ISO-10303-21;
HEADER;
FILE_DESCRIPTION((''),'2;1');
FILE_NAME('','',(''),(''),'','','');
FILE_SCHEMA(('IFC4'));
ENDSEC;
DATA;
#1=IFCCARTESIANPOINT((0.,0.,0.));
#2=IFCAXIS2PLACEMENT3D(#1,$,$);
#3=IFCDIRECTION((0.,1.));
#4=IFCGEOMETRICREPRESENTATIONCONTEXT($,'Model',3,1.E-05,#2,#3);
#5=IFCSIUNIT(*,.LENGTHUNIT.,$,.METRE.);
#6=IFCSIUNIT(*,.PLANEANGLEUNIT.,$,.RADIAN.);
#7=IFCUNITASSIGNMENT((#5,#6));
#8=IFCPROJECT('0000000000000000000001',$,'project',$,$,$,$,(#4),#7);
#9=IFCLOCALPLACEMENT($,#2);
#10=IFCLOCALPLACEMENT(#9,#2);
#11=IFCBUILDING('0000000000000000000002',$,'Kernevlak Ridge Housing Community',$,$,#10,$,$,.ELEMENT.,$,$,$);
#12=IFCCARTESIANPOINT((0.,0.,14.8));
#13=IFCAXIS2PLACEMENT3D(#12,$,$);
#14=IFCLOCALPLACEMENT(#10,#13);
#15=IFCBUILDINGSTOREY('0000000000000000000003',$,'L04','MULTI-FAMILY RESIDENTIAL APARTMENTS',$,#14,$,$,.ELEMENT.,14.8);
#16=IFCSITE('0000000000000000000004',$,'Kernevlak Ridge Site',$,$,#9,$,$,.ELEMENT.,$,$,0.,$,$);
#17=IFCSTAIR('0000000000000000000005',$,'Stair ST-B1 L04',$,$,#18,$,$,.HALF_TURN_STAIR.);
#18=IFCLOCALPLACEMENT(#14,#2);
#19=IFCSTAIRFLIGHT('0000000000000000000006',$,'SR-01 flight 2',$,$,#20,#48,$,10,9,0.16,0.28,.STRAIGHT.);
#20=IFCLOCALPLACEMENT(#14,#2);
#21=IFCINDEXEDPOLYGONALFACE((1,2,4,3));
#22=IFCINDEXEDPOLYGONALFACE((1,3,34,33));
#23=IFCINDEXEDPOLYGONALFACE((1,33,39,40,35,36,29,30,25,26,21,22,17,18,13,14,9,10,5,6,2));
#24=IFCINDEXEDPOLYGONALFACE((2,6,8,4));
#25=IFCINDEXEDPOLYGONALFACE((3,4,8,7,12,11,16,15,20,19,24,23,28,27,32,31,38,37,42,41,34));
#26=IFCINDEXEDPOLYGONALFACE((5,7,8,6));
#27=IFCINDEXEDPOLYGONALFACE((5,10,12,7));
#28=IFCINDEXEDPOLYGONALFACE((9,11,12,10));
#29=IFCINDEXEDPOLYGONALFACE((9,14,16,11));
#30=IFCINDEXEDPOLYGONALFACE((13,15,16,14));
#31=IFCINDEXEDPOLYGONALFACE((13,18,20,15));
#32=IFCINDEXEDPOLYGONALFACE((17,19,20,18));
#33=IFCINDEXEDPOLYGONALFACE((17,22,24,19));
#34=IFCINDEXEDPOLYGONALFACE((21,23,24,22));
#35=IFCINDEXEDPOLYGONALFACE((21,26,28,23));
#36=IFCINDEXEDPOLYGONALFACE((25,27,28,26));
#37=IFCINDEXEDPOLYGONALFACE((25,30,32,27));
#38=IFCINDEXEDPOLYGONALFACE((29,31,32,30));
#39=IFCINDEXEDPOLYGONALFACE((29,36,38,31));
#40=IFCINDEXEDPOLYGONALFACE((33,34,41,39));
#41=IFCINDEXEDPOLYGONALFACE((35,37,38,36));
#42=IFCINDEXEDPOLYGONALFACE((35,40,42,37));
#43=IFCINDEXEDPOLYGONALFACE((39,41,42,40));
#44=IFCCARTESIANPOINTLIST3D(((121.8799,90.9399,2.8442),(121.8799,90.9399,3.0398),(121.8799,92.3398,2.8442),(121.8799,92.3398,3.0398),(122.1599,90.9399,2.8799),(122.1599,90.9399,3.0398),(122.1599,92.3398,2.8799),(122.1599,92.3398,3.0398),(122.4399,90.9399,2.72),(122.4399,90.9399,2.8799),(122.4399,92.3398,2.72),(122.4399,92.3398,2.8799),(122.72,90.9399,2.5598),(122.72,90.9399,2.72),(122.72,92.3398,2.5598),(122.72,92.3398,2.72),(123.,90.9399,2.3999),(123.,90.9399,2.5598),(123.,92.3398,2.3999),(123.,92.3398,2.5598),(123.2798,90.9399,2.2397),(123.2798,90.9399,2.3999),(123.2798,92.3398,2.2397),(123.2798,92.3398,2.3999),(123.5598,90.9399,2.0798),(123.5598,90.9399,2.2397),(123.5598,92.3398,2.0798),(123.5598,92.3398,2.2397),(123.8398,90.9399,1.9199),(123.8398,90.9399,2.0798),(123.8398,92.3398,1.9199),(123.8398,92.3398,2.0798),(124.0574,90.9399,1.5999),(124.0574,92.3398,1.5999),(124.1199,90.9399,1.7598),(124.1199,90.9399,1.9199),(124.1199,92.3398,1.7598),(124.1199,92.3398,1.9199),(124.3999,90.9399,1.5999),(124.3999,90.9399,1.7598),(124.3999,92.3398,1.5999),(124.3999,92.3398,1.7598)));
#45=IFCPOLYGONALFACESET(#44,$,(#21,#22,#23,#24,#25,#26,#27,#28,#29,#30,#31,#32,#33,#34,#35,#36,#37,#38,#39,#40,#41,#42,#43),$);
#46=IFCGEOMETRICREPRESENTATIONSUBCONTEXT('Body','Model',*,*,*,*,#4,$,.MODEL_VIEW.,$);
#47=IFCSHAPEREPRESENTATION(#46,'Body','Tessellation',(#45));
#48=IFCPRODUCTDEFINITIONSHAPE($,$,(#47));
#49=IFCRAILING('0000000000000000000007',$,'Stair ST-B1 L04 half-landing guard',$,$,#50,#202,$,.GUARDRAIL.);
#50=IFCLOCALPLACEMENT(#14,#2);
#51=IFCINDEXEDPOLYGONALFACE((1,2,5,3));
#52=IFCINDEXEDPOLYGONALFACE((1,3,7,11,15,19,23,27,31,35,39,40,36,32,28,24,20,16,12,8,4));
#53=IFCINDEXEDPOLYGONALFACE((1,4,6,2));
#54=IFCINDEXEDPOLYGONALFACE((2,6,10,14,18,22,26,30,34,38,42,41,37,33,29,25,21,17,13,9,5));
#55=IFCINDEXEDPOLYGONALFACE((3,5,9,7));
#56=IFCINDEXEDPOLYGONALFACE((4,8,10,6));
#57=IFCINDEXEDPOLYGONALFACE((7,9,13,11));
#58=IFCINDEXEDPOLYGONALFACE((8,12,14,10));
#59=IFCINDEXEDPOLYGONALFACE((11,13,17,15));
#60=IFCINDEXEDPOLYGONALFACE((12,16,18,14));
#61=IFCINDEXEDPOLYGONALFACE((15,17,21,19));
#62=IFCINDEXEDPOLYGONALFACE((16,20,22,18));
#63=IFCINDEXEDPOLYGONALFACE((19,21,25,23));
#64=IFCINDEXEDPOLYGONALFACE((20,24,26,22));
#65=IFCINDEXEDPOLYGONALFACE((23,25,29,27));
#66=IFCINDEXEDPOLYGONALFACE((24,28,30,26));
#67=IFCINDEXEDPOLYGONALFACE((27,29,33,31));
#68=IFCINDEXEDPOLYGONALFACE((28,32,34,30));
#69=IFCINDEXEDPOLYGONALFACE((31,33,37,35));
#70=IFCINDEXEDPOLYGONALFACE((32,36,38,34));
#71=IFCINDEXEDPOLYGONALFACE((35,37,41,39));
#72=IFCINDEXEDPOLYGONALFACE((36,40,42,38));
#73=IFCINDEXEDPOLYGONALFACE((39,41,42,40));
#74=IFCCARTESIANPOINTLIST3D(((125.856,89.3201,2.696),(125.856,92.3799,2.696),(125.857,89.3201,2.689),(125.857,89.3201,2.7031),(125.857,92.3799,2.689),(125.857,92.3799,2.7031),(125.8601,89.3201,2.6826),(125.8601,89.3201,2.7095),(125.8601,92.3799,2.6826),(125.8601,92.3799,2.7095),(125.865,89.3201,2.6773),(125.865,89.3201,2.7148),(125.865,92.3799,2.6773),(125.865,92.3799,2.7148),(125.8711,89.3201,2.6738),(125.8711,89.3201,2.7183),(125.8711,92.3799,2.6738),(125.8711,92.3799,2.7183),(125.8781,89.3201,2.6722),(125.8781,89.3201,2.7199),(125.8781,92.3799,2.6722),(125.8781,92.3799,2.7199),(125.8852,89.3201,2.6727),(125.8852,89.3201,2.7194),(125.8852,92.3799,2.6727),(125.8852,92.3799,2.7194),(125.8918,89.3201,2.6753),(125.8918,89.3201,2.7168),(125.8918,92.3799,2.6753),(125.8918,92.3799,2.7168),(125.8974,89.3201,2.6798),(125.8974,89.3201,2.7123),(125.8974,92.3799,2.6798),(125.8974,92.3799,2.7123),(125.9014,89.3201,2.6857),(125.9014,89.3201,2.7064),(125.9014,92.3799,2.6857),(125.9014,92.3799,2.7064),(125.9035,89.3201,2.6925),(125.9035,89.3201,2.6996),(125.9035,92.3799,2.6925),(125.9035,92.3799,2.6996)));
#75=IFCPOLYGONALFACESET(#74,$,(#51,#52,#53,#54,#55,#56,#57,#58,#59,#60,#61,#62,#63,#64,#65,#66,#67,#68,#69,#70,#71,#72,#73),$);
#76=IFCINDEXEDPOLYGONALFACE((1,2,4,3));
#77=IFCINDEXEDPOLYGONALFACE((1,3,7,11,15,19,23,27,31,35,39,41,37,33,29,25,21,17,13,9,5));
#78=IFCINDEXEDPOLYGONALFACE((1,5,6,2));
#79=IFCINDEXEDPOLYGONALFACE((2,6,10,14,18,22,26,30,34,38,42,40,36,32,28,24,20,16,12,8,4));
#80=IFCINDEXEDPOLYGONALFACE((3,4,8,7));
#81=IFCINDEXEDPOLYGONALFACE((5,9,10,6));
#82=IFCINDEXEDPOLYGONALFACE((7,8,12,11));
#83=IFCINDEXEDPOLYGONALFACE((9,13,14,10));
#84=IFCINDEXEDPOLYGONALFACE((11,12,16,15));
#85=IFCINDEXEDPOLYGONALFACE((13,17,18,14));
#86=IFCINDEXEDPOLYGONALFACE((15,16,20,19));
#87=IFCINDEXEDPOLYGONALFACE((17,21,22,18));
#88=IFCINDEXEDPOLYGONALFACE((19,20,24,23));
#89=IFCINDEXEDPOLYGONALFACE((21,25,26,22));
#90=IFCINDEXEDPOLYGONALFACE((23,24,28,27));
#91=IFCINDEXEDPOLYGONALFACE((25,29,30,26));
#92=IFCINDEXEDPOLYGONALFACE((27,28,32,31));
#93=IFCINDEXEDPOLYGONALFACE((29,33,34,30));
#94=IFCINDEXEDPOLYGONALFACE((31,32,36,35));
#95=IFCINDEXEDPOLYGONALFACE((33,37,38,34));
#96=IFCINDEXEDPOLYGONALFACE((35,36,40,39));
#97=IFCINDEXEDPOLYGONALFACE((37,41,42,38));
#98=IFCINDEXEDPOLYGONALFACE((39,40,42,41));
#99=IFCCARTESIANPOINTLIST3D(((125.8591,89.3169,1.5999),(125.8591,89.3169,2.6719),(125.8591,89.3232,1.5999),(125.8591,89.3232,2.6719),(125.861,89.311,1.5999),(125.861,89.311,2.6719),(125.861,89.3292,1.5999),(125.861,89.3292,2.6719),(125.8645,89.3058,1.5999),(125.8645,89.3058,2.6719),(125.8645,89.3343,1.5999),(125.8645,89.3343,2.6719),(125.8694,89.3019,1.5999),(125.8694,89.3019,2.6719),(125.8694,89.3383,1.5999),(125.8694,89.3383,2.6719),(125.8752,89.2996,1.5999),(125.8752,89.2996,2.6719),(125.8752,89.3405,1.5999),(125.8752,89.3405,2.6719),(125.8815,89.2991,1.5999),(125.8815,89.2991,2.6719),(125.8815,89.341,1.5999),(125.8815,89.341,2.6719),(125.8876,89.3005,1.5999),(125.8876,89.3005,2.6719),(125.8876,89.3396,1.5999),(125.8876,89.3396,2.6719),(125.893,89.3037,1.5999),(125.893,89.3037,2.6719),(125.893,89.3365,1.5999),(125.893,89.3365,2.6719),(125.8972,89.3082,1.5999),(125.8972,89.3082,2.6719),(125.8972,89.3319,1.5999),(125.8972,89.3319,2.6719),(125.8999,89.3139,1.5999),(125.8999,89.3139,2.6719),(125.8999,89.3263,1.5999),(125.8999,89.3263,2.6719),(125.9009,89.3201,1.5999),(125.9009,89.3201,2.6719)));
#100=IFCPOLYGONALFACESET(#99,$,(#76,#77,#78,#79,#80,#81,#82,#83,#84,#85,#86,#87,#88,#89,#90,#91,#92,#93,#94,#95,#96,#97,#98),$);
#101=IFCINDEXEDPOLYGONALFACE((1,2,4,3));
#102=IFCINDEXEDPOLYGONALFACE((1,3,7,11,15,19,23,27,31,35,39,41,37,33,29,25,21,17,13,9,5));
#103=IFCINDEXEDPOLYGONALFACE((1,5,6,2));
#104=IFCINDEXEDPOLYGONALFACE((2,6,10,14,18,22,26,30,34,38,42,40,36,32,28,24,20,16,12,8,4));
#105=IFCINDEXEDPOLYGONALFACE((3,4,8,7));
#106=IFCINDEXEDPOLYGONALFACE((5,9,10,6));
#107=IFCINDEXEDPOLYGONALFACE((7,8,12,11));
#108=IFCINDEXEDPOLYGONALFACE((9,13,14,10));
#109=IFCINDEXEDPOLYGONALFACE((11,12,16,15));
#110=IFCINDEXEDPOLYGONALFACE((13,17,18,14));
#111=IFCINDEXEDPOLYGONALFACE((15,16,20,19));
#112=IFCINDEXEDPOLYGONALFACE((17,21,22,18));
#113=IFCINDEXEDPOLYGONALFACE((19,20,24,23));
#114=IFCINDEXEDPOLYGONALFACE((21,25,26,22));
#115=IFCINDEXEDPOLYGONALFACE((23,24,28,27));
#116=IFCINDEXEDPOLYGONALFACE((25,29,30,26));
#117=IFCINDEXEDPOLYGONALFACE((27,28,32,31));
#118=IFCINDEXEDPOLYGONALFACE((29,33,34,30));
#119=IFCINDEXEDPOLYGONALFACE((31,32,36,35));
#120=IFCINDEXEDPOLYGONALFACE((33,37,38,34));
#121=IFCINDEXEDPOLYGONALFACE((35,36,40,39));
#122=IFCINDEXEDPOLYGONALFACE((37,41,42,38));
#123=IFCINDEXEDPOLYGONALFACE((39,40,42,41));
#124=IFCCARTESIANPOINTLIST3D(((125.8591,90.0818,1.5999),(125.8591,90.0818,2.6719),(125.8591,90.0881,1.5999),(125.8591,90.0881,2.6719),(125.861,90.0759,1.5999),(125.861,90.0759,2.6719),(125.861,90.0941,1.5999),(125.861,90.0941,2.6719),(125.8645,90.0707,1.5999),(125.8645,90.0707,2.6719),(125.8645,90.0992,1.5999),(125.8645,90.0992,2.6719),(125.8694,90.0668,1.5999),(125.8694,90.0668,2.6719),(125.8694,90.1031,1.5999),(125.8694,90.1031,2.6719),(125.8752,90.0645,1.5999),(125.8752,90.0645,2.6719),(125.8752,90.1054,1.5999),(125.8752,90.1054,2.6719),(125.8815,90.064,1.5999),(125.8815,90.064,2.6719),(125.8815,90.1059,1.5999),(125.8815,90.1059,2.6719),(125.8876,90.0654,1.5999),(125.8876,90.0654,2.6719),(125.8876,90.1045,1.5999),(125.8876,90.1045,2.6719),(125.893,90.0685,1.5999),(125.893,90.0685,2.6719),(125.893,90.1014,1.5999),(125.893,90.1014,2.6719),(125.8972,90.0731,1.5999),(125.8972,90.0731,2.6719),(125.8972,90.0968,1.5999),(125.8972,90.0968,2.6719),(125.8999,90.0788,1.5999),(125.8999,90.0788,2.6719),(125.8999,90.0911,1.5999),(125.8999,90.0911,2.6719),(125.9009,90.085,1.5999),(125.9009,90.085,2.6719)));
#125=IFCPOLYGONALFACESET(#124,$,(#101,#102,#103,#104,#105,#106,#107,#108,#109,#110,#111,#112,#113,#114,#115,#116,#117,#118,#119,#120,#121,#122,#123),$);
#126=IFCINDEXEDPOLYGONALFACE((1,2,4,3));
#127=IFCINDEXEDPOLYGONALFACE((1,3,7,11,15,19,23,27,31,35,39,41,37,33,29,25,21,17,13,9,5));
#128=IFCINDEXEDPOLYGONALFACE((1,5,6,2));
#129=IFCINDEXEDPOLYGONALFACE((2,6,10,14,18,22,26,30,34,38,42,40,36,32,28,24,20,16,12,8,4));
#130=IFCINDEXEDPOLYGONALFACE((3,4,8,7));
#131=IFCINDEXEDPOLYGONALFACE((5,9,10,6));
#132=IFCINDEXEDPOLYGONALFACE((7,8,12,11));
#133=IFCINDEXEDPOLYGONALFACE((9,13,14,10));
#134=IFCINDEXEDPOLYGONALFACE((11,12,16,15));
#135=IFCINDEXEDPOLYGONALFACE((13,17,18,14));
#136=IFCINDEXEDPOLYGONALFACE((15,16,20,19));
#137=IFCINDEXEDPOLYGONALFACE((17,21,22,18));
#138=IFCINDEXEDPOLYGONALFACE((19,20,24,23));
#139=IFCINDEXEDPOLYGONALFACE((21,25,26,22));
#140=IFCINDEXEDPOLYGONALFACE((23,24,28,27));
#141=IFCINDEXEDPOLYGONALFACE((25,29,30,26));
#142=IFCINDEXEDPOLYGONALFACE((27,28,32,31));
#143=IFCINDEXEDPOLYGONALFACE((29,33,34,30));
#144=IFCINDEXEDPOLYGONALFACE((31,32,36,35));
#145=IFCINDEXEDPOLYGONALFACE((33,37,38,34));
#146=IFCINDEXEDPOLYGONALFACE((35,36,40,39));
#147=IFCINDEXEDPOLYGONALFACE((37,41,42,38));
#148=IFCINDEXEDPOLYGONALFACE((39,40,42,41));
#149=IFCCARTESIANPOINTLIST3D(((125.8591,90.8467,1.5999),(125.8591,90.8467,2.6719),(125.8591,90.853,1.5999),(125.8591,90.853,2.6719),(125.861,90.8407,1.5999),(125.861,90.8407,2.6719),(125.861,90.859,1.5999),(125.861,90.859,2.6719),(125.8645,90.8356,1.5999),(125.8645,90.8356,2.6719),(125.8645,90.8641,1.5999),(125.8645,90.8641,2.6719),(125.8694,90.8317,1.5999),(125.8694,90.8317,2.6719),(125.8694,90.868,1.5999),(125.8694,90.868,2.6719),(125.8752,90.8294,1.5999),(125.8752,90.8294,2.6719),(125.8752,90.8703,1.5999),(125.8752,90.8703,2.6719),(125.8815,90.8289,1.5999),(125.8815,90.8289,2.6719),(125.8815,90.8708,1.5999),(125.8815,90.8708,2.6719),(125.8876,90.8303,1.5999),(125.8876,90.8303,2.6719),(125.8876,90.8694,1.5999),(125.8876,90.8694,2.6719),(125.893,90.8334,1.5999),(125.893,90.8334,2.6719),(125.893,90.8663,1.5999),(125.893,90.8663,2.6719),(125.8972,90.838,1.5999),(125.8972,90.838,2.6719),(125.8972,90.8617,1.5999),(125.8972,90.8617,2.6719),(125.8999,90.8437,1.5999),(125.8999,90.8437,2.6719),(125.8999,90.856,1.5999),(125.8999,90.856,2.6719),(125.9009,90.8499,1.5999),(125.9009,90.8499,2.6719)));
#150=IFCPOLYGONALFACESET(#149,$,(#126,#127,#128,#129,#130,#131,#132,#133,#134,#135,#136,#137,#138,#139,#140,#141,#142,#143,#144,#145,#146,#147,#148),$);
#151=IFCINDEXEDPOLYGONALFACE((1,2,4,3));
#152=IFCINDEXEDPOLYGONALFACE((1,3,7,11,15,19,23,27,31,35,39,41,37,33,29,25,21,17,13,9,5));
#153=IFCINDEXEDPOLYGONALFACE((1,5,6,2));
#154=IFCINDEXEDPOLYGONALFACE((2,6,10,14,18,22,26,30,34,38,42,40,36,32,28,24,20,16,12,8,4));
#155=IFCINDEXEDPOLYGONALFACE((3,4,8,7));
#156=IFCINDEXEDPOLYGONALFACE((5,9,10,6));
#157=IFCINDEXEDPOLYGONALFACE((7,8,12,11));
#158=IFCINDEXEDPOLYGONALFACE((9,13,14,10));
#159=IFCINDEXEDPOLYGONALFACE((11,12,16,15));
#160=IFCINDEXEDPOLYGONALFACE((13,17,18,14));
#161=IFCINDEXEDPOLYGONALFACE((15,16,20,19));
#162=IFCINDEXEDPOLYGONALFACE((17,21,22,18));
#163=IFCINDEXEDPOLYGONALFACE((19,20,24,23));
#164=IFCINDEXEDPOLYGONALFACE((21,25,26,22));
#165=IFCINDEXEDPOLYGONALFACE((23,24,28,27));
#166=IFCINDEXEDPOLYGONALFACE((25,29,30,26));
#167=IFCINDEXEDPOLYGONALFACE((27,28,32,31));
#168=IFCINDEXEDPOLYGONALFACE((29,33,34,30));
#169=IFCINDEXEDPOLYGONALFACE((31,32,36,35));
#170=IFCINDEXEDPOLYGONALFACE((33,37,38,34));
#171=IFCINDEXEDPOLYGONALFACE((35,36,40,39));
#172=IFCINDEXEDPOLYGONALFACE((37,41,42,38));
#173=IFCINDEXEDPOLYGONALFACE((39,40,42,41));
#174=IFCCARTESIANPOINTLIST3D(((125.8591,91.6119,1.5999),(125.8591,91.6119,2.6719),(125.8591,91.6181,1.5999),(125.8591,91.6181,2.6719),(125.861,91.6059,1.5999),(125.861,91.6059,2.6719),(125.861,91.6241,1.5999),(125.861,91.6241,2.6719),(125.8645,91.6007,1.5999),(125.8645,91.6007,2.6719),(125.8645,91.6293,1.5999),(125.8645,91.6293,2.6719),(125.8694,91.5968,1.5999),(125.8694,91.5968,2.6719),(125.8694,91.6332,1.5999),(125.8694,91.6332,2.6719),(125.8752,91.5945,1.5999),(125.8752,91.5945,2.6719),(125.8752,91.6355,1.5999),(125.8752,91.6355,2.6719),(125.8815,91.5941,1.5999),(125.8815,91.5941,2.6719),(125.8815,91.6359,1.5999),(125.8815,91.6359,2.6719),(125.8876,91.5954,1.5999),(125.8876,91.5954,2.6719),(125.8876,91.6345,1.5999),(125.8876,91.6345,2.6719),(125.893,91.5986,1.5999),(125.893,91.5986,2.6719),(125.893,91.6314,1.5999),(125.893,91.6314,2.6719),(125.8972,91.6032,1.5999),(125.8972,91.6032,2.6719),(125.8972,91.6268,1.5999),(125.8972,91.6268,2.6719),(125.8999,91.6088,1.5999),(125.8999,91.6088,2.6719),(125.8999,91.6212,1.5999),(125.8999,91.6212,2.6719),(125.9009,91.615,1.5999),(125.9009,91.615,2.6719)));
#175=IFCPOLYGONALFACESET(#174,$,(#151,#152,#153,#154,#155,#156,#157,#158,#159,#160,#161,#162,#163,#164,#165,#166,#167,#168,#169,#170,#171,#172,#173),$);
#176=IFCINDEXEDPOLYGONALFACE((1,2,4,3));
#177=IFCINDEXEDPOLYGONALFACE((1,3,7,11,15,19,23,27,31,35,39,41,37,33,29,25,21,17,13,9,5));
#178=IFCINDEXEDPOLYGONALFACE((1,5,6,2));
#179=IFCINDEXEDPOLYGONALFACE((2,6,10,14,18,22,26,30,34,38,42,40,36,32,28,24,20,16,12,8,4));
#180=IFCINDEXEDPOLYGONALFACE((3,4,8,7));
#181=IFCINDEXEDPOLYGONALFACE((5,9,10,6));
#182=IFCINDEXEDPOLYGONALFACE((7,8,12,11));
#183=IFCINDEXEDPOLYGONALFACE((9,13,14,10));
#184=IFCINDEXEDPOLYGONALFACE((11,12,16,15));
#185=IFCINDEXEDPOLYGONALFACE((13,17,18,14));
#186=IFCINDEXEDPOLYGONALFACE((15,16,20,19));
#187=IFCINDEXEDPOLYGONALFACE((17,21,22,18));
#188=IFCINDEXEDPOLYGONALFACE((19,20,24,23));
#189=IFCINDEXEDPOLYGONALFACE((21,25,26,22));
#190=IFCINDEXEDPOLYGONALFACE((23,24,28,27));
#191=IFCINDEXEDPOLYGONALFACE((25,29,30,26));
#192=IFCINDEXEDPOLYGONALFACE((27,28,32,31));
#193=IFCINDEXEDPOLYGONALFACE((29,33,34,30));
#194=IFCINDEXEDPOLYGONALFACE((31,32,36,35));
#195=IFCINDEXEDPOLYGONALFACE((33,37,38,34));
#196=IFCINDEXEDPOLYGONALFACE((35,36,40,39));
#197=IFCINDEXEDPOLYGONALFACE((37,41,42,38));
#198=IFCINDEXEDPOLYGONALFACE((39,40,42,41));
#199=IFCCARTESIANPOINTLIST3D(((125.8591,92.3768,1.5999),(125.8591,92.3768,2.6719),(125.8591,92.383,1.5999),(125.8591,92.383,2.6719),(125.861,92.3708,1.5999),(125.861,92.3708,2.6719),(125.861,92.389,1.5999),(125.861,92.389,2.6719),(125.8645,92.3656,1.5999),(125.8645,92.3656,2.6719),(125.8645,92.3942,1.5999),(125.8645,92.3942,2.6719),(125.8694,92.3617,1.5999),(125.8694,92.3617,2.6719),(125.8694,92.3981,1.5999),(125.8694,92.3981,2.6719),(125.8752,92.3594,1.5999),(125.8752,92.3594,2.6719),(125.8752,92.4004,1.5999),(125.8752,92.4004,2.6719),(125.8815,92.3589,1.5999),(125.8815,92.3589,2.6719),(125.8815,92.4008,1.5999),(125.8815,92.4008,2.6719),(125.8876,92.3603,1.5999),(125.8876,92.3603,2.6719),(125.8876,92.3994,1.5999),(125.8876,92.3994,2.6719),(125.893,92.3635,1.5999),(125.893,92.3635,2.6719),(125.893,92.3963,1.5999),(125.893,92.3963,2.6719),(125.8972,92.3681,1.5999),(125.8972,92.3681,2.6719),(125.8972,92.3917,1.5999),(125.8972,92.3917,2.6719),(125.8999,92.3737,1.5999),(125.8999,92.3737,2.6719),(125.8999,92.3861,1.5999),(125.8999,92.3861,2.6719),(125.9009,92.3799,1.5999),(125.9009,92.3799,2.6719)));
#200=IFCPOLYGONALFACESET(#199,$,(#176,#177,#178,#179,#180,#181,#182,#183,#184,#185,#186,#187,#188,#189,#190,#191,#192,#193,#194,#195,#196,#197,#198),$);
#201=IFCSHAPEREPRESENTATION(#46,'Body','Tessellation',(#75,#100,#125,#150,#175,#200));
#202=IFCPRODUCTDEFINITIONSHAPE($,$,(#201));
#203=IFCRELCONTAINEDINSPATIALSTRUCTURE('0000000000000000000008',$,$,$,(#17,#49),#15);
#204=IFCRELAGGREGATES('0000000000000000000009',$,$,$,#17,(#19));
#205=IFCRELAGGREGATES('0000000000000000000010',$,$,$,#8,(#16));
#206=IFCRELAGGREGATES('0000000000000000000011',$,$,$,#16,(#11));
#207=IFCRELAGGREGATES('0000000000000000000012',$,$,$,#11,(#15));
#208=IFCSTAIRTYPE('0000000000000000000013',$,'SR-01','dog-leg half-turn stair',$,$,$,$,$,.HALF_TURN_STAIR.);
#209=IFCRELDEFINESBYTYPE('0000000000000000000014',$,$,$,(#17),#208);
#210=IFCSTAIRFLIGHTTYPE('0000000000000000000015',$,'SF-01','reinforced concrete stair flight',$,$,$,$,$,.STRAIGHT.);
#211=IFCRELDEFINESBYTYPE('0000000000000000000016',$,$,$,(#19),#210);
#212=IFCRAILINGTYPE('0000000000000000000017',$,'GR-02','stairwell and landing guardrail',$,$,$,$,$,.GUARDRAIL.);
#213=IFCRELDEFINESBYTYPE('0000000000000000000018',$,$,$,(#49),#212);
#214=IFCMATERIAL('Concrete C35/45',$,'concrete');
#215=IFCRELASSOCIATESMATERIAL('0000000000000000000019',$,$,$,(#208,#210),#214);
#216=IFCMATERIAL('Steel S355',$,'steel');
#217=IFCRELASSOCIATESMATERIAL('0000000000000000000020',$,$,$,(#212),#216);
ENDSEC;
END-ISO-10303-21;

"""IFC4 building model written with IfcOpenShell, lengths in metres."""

from ifc_helpers import new_model, si_unit, direction, frame, origin, origin_2d, place, context, subcontext, project, spatial, polyline, circle, outline, extrude, material, type_object, element, aggregate, save


model = new_model("IFC4")

# Units and contexts
model_context = context("Model", 3, precision=1e-05, world=origin(), true_north=direction((0.0, 1.0)))
body_context = subcontext(model_context, "Body", "Model", "MODEL_VIEW")
ifc_project = project(units=[si_unit("LENGTHUNIT", "METRE"), si_unit("PLANEANGLEUNIT", "RADIAN")], contexts=[model_context])

# Site, building, storey
site_placement = place(None, origin())
site = spatial("IfcSite", under=ifc_project, at=site_placement, Name="Kernevlak Ridge Site", CompositionType="ELEMENT", RefElevation=0.0)
building_placement = place(site_placement, origin())
building = spatial("IfcBuilding", under=site, at=building_placement, Name="Kernevlak Ridge Housing Community", CompositionType="ELEMENT")
storey_placement = place(building_placement, frame((0.0, 0.0, 14.8)))
storey = spatial("IfcBuildingStorey", under=building, at=storey_placement, Name="L04", Description="MULTI-FAMILY RESIDENTIAL APARTMENTS", CompositionType="ELEMENT", Elevation=14.8)

# Shared definitions
ifc_material_1 = material(Name="Concrete C35/45", Category="concrete")

# Stair, stair flight
stair_type = type_object("IfcStairType", Name="SR-01", Description="dog-leg half-turn stair", PredefinedType="HALF_TURN_STAIR", material=ifc_material_1)
stair_placement = place(storey_placement, origin())
stair = element("IfcStair", 1, at=stair_placement, inside=storey, type_object=stair_type, Name="Stair ST-B1 L04", PredefinedType="HALF_TURN_STAIR")
stair_flight_type = type_object("IfcStairFlightType", Name="SF-01", Description="reinforced concrete stair flight", PredefinedType="STRAIGHT", material=ifc_material_1)
stair_flight_placement = place(storey_placement, frame((124.3999, 91.6399, 1.5999), z_axis=(0.0, 0.0, 1.0), x_axis=(-1.0, 0.0, 0.0)))
stair_flight = element("IfcStairFlight", 2, at=stair_flight_placement, type_object=stair_flight_type, Name="SR-01 flight 2", NumberOfRisers=10, NumberOfTreads=9, PredefinedType="STRAIGHT", RiserHeight=0.16, TreadLength=0.28, context=body_context, shape_type="SweptSolid", body=[
    extrude(outline(polyline([(0.0, 0.0), (0.0, 0.1599), (0.28, 0.1599), (0.28, 0.3201), (0.5601, 0.3201), (0.5601, 0.48), (0.8401, 0.48), (0.8401, 0.6399), (1.1201, 0.6399), (1.1201, 0.8), (1.3999, 0.8), (1.3999, 0.96), (1.6799, 0.96), (1.6799, 1.1201), (1.96, 1.1201), (1.96, 1.28), (2.24, 1.28), (2.24, 1.4399), (2.52, 1.4399), (2.52, 1.6001), (2.52, 1.2444), (0.3425, 0.0), (0.0, 0.0)])), frame((0.0, 0.7, 0.0), z_axis=(0.0, -1.0, 0.0), x_axis=(1.0, 0.0, 0.0)), (0.0, 0.0, 1.0), 1.3999),
])
aggregate(stair, [stair_flight])

# Railing
ifc_material_2 = material(Name="Steel S355", Category="steel")
railing_type_1 = type_object("IfcRailingType", Name="GR-02", Description="stairwell and landing guardrail", PredefinedType="GUARDRAIL", material=ifc_material_2)
railing_1_placement = place(storey_placement, frame((125.8799, 89.3201, 1.5999)))
element("IfcRailing", 3, at=railing_1_placement, inside=storey, type_object=railing_type_1, Name="Stair ST-B1 L04 half-landing guard", PredefinedType="GUARDRAIL", context=body_context, shape_type="SweptSolid", body=[
    extrude(circle(Radius=0.0239, at=origin_2d()), frame((0.0, 0.0, 1.0962), z_axis=(0.0, 1.0, 0.0), x_axis=(-1.0, 0.0, 0.0)), (0.0, 0.0, 1.0), 3.0598),
    extrude(circle(Radius=0.021, at=origin_2d()), origin(), (0.0, 0.0, 1.0), 1.072),
    extrude(circle(Radius=0.021, at=origin_2d()), frame((0.0, 0.7649, 0.0)), (0.0, 0.0, 1.0), 1.072),
    extrude(circle(Radius=0.021, at=origin_2d()), frame((0.0, 1.5298, 0.0)), (0.0, 0.0, 1.0), 1.072),
    extrude(circle(Radius=0.021, at=origin_2d()), frame((0.0, 2.2949, 0.0)), (0.0, 0.0, 1.0), 1.072),
    extrude(circle(Radius=0.021, at=origin_2d()), frame((0.0, 3.0598, 0.0)), (0.0, 0.0, 1.0), 1.072),
])

save(model, "model.ifc")
